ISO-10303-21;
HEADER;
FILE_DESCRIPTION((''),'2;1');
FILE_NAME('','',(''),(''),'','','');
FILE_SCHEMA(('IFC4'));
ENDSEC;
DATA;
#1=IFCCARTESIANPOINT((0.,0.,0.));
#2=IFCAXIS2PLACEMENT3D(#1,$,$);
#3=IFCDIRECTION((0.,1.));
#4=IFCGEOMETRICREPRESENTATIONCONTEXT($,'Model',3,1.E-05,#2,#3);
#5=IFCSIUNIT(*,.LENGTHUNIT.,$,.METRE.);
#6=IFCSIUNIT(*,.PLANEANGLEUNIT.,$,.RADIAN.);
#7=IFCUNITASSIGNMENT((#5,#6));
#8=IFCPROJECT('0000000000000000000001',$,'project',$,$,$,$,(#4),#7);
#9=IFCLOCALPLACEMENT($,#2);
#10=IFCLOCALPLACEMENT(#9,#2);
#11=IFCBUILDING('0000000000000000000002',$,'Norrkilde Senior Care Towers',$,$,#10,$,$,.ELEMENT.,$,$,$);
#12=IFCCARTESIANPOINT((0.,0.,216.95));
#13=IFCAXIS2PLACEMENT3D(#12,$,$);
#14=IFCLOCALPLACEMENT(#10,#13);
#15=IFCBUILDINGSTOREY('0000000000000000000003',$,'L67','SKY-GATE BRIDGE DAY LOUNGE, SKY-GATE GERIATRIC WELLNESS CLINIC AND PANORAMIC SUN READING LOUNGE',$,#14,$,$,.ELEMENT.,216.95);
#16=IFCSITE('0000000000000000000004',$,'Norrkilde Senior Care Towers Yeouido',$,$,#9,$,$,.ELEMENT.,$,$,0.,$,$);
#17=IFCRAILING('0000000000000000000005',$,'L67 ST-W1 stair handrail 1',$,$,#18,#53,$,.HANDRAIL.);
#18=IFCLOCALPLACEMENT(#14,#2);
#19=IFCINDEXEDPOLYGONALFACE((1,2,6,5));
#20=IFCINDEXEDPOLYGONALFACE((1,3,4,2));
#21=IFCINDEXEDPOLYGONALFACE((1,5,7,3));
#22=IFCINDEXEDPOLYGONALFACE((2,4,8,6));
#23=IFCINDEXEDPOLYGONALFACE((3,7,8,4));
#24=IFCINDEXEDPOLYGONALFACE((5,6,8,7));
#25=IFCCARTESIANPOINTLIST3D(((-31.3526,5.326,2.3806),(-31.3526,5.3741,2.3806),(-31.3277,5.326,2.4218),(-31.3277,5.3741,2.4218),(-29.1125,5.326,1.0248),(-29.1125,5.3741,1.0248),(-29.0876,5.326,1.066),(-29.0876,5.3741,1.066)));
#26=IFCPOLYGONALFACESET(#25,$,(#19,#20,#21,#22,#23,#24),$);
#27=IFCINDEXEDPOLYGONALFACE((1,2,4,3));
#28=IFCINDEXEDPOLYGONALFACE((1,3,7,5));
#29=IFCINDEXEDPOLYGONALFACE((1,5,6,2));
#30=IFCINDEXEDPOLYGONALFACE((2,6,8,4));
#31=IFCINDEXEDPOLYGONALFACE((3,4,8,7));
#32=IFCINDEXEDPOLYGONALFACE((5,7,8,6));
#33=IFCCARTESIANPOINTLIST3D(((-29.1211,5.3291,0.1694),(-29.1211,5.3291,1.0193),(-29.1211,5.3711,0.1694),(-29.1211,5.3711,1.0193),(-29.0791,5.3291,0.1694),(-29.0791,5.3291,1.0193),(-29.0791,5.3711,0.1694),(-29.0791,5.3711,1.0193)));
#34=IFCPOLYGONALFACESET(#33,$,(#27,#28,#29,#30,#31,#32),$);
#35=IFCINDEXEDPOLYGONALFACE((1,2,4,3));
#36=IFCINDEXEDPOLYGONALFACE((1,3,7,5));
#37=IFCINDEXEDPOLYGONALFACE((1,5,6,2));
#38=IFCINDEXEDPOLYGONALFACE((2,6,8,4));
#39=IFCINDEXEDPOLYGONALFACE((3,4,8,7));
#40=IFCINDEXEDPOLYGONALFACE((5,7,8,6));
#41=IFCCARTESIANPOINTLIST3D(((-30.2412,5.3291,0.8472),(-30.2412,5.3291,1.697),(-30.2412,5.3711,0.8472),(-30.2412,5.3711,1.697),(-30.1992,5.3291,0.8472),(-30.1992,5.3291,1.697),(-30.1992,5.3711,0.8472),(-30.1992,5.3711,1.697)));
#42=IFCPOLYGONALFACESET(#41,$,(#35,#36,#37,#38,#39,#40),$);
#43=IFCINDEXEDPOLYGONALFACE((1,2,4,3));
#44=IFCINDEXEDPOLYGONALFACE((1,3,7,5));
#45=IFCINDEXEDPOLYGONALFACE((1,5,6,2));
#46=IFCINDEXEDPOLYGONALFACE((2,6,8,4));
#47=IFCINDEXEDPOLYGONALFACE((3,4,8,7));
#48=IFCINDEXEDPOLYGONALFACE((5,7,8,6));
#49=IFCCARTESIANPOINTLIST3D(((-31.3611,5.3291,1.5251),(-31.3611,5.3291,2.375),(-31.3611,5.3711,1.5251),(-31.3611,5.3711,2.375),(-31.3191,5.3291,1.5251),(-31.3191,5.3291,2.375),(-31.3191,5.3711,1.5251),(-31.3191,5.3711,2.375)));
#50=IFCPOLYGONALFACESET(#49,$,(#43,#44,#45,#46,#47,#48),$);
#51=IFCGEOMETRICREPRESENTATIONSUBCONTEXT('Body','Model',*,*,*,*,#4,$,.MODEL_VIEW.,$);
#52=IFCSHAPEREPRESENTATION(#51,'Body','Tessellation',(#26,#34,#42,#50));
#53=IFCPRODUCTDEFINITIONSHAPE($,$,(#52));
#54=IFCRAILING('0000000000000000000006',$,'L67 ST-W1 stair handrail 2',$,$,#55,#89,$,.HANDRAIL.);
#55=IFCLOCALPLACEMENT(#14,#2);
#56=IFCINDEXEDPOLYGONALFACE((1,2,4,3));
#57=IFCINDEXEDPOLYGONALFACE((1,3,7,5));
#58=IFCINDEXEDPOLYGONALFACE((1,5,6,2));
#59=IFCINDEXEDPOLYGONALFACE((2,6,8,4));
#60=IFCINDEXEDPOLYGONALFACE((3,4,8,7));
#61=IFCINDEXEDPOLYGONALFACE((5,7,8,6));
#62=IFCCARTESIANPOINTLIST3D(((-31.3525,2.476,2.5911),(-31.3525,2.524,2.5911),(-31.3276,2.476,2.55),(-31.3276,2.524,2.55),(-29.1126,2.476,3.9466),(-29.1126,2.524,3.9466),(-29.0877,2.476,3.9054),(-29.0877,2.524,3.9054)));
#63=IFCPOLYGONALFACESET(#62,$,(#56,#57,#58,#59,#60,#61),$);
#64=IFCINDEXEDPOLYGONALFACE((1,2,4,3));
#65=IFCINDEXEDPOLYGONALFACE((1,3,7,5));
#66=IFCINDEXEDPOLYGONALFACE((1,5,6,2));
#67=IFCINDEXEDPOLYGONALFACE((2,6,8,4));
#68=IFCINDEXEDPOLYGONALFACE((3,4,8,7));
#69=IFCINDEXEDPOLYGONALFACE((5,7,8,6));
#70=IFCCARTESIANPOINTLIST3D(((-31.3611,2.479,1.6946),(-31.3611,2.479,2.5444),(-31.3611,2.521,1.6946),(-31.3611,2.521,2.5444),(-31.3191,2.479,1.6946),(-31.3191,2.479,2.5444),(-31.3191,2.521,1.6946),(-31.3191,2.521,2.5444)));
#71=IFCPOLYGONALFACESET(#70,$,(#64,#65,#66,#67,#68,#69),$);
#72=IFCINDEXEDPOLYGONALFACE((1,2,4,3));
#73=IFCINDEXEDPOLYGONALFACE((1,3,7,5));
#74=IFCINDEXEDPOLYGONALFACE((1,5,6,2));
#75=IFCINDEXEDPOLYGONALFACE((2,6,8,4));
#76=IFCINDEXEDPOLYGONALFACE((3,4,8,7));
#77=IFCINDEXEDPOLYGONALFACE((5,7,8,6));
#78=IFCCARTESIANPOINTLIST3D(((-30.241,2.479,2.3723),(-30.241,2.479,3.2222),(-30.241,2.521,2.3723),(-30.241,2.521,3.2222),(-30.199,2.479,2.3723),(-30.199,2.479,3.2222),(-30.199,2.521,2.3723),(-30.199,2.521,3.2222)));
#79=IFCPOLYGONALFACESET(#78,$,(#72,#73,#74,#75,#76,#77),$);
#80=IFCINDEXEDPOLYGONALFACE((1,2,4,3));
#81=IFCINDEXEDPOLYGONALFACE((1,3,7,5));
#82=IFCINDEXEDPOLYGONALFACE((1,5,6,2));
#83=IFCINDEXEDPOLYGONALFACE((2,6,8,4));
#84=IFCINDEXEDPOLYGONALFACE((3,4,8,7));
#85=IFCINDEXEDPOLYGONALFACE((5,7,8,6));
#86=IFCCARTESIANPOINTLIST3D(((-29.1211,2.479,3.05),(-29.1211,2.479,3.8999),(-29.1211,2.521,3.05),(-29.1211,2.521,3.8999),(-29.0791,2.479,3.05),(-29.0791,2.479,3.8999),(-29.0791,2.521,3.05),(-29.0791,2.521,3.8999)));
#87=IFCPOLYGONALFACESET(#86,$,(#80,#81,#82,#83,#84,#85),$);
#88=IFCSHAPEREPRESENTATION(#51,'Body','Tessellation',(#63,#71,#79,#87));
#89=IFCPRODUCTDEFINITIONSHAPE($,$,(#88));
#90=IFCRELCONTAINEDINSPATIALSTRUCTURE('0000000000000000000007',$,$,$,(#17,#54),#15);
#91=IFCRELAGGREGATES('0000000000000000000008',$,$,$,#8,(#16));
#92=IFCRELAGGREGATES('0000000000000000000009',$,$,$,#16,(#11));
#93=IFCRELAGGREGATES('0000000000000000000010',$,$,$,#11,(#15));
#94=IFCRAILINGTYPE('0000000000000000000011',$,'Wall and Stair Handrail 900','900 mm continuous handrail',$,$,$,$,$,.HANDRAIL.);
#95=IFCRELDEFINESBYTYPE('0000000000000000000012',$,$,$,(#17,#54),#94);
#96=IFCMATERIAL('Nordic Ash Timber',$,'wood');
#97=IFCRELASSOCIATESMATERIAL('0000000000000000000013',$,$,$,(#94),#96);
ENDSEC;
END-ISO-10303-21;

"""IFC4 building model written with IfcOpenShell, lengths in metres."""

from ifc_helpers import new_model, si_unit, direction, frame, origin, origin_2d, place, context, subcontext, project, spatial, rectangle, extrude, material, type_object, element, save


model = new_model("IFC4")

# Units and contexts
model_context = context("Model", 3, precision=1e-05, world=origin(), true_north=direction((0.0, 1.0)))
body_context = subcontext(model_context, "Body", "Model", "MODEL_VIEW")
ifc_project = project(units=[si_unit("LENGTHUNIT", "METRE"), si_unit("PLANEANGLEUNIT", "RADIAN")], contexts=[model_context])

# Site, building, storey
site_placement = place(None, origin())
site = spatial("IfcSite", under=ifc_project, at=site_placement, Name="Norrkilde Senior Care Towers Yeouido", CompositionType="ELEMENT", RefElevation=0.0)
building_placement = place(site_placement, origin())
building = spatial("IfcBuilding", under=site, at=building_placement, Name="Norrkilde Senior Care Towers", CompositionType="ELEMENT")
storey_placement = place(building_placement, frame((0.0, 0.0, 216.95)))
storey = spatial("IfcBuildingStorey", under=building, at=storey_placement, Name="L67", Description="SKY-GATE BRIDGE DAY LOUNGE, SKY-GATE GERIATRIC WELLNESS CLINIC AND PANORAMIC SUN READING LOUNGE", CompositionType="ELEMENT", Elevation=216.95)

# Railings
ifc_material_1 = material(Name="Nordic Ash Timber", Category="wood")
railing_type_1 = type_object("IfcRailingType", Name="Wall and Stair Handrail 900", Description="900 mm continuous handrail", PredefinedType="HANDRAIL", material=ifc_material_1)
railing_1_placement = place(storey_placement, frame((-29.1001, 5.3501, 0.1694)))
element("IfcRailing", 1, at=railing_1_placement, inside=storey, type_object=railing_type_1, Name="L67 ST-W1 stair handrail 1", PredefinedType="HANDRAIL", context=body_context, shape_type="SweptSolid", body=[
    extrude(rectangle(XDim=0.0481, YDim=0.0481, at=origin_2d()), frame((0.0, 0.0, 0.876), z_axis=(-0.855512, 0.0, 0.517783), x_axis=(0.0, -1.0, 0.0)), (0.0, 0.0, 1.0), 2.6184),
    extrude(rectangle(XDim=0.042, YDim=0.042, at=origin_2d()), origin(), (0.0, 0.0, 1.0), 0.8499),
    extrude(rectangle(XDim=0.042, YDim=0.042, at=origin_2d()), frame((-1.1201, 0.0, 0.6777)), (0.0, 0.0, 1.0), 0.8499),
    extrude(rectangle(XDim=0.042, YDim=0.042, at=origin_2d()), frame((-2.24, 0.0, 1.3557)), (0.0, 0.0, 1.0), 0.8499),
])
railing_2_placement = place(storey_placement, frame((-31.3401, 2.5, 1.6946)))
element("IfcRailing", 2, at=railing_2_placement, inside=storey, type_object=railing_type_1, Name="L67 ST-W1 stair handrail 2", PredefinedType="HANDRAIL", context=body_context, shape_type="SweptSolid", body=[
    extrude(rectangle(XDim=0.0481, YDim=0.0481, at=origin_2d()), frame((0.0, 0.0, 0.876), z_axis=(0.855553, 0.0, 0.517715), x_axis=(0.0, 1.0, 0.0)), (0.0, 0.0, 1.0), 2.6182),
    extrude(rectangle(XDim=0.042, YDim=0.042, at=origin_2d()), origin(), (0.0, 0.0, 1.0), 0.8499),
    extrude(rectangle(XDim=0.042, YDim=0.042, at=origin_2d()), frame((1.1201, 0.0, 0.6777)), (0.0, 0.0, 1.0), 0.8499),
    extrude(rectangle(XDim=0.042, YDim=0.042, at=origin_2d()), frame((2.24, 0.0, 1.3555)), (0.0, 0.0, 1.0), 0.8499),
])

save(model, "model.ifc")
